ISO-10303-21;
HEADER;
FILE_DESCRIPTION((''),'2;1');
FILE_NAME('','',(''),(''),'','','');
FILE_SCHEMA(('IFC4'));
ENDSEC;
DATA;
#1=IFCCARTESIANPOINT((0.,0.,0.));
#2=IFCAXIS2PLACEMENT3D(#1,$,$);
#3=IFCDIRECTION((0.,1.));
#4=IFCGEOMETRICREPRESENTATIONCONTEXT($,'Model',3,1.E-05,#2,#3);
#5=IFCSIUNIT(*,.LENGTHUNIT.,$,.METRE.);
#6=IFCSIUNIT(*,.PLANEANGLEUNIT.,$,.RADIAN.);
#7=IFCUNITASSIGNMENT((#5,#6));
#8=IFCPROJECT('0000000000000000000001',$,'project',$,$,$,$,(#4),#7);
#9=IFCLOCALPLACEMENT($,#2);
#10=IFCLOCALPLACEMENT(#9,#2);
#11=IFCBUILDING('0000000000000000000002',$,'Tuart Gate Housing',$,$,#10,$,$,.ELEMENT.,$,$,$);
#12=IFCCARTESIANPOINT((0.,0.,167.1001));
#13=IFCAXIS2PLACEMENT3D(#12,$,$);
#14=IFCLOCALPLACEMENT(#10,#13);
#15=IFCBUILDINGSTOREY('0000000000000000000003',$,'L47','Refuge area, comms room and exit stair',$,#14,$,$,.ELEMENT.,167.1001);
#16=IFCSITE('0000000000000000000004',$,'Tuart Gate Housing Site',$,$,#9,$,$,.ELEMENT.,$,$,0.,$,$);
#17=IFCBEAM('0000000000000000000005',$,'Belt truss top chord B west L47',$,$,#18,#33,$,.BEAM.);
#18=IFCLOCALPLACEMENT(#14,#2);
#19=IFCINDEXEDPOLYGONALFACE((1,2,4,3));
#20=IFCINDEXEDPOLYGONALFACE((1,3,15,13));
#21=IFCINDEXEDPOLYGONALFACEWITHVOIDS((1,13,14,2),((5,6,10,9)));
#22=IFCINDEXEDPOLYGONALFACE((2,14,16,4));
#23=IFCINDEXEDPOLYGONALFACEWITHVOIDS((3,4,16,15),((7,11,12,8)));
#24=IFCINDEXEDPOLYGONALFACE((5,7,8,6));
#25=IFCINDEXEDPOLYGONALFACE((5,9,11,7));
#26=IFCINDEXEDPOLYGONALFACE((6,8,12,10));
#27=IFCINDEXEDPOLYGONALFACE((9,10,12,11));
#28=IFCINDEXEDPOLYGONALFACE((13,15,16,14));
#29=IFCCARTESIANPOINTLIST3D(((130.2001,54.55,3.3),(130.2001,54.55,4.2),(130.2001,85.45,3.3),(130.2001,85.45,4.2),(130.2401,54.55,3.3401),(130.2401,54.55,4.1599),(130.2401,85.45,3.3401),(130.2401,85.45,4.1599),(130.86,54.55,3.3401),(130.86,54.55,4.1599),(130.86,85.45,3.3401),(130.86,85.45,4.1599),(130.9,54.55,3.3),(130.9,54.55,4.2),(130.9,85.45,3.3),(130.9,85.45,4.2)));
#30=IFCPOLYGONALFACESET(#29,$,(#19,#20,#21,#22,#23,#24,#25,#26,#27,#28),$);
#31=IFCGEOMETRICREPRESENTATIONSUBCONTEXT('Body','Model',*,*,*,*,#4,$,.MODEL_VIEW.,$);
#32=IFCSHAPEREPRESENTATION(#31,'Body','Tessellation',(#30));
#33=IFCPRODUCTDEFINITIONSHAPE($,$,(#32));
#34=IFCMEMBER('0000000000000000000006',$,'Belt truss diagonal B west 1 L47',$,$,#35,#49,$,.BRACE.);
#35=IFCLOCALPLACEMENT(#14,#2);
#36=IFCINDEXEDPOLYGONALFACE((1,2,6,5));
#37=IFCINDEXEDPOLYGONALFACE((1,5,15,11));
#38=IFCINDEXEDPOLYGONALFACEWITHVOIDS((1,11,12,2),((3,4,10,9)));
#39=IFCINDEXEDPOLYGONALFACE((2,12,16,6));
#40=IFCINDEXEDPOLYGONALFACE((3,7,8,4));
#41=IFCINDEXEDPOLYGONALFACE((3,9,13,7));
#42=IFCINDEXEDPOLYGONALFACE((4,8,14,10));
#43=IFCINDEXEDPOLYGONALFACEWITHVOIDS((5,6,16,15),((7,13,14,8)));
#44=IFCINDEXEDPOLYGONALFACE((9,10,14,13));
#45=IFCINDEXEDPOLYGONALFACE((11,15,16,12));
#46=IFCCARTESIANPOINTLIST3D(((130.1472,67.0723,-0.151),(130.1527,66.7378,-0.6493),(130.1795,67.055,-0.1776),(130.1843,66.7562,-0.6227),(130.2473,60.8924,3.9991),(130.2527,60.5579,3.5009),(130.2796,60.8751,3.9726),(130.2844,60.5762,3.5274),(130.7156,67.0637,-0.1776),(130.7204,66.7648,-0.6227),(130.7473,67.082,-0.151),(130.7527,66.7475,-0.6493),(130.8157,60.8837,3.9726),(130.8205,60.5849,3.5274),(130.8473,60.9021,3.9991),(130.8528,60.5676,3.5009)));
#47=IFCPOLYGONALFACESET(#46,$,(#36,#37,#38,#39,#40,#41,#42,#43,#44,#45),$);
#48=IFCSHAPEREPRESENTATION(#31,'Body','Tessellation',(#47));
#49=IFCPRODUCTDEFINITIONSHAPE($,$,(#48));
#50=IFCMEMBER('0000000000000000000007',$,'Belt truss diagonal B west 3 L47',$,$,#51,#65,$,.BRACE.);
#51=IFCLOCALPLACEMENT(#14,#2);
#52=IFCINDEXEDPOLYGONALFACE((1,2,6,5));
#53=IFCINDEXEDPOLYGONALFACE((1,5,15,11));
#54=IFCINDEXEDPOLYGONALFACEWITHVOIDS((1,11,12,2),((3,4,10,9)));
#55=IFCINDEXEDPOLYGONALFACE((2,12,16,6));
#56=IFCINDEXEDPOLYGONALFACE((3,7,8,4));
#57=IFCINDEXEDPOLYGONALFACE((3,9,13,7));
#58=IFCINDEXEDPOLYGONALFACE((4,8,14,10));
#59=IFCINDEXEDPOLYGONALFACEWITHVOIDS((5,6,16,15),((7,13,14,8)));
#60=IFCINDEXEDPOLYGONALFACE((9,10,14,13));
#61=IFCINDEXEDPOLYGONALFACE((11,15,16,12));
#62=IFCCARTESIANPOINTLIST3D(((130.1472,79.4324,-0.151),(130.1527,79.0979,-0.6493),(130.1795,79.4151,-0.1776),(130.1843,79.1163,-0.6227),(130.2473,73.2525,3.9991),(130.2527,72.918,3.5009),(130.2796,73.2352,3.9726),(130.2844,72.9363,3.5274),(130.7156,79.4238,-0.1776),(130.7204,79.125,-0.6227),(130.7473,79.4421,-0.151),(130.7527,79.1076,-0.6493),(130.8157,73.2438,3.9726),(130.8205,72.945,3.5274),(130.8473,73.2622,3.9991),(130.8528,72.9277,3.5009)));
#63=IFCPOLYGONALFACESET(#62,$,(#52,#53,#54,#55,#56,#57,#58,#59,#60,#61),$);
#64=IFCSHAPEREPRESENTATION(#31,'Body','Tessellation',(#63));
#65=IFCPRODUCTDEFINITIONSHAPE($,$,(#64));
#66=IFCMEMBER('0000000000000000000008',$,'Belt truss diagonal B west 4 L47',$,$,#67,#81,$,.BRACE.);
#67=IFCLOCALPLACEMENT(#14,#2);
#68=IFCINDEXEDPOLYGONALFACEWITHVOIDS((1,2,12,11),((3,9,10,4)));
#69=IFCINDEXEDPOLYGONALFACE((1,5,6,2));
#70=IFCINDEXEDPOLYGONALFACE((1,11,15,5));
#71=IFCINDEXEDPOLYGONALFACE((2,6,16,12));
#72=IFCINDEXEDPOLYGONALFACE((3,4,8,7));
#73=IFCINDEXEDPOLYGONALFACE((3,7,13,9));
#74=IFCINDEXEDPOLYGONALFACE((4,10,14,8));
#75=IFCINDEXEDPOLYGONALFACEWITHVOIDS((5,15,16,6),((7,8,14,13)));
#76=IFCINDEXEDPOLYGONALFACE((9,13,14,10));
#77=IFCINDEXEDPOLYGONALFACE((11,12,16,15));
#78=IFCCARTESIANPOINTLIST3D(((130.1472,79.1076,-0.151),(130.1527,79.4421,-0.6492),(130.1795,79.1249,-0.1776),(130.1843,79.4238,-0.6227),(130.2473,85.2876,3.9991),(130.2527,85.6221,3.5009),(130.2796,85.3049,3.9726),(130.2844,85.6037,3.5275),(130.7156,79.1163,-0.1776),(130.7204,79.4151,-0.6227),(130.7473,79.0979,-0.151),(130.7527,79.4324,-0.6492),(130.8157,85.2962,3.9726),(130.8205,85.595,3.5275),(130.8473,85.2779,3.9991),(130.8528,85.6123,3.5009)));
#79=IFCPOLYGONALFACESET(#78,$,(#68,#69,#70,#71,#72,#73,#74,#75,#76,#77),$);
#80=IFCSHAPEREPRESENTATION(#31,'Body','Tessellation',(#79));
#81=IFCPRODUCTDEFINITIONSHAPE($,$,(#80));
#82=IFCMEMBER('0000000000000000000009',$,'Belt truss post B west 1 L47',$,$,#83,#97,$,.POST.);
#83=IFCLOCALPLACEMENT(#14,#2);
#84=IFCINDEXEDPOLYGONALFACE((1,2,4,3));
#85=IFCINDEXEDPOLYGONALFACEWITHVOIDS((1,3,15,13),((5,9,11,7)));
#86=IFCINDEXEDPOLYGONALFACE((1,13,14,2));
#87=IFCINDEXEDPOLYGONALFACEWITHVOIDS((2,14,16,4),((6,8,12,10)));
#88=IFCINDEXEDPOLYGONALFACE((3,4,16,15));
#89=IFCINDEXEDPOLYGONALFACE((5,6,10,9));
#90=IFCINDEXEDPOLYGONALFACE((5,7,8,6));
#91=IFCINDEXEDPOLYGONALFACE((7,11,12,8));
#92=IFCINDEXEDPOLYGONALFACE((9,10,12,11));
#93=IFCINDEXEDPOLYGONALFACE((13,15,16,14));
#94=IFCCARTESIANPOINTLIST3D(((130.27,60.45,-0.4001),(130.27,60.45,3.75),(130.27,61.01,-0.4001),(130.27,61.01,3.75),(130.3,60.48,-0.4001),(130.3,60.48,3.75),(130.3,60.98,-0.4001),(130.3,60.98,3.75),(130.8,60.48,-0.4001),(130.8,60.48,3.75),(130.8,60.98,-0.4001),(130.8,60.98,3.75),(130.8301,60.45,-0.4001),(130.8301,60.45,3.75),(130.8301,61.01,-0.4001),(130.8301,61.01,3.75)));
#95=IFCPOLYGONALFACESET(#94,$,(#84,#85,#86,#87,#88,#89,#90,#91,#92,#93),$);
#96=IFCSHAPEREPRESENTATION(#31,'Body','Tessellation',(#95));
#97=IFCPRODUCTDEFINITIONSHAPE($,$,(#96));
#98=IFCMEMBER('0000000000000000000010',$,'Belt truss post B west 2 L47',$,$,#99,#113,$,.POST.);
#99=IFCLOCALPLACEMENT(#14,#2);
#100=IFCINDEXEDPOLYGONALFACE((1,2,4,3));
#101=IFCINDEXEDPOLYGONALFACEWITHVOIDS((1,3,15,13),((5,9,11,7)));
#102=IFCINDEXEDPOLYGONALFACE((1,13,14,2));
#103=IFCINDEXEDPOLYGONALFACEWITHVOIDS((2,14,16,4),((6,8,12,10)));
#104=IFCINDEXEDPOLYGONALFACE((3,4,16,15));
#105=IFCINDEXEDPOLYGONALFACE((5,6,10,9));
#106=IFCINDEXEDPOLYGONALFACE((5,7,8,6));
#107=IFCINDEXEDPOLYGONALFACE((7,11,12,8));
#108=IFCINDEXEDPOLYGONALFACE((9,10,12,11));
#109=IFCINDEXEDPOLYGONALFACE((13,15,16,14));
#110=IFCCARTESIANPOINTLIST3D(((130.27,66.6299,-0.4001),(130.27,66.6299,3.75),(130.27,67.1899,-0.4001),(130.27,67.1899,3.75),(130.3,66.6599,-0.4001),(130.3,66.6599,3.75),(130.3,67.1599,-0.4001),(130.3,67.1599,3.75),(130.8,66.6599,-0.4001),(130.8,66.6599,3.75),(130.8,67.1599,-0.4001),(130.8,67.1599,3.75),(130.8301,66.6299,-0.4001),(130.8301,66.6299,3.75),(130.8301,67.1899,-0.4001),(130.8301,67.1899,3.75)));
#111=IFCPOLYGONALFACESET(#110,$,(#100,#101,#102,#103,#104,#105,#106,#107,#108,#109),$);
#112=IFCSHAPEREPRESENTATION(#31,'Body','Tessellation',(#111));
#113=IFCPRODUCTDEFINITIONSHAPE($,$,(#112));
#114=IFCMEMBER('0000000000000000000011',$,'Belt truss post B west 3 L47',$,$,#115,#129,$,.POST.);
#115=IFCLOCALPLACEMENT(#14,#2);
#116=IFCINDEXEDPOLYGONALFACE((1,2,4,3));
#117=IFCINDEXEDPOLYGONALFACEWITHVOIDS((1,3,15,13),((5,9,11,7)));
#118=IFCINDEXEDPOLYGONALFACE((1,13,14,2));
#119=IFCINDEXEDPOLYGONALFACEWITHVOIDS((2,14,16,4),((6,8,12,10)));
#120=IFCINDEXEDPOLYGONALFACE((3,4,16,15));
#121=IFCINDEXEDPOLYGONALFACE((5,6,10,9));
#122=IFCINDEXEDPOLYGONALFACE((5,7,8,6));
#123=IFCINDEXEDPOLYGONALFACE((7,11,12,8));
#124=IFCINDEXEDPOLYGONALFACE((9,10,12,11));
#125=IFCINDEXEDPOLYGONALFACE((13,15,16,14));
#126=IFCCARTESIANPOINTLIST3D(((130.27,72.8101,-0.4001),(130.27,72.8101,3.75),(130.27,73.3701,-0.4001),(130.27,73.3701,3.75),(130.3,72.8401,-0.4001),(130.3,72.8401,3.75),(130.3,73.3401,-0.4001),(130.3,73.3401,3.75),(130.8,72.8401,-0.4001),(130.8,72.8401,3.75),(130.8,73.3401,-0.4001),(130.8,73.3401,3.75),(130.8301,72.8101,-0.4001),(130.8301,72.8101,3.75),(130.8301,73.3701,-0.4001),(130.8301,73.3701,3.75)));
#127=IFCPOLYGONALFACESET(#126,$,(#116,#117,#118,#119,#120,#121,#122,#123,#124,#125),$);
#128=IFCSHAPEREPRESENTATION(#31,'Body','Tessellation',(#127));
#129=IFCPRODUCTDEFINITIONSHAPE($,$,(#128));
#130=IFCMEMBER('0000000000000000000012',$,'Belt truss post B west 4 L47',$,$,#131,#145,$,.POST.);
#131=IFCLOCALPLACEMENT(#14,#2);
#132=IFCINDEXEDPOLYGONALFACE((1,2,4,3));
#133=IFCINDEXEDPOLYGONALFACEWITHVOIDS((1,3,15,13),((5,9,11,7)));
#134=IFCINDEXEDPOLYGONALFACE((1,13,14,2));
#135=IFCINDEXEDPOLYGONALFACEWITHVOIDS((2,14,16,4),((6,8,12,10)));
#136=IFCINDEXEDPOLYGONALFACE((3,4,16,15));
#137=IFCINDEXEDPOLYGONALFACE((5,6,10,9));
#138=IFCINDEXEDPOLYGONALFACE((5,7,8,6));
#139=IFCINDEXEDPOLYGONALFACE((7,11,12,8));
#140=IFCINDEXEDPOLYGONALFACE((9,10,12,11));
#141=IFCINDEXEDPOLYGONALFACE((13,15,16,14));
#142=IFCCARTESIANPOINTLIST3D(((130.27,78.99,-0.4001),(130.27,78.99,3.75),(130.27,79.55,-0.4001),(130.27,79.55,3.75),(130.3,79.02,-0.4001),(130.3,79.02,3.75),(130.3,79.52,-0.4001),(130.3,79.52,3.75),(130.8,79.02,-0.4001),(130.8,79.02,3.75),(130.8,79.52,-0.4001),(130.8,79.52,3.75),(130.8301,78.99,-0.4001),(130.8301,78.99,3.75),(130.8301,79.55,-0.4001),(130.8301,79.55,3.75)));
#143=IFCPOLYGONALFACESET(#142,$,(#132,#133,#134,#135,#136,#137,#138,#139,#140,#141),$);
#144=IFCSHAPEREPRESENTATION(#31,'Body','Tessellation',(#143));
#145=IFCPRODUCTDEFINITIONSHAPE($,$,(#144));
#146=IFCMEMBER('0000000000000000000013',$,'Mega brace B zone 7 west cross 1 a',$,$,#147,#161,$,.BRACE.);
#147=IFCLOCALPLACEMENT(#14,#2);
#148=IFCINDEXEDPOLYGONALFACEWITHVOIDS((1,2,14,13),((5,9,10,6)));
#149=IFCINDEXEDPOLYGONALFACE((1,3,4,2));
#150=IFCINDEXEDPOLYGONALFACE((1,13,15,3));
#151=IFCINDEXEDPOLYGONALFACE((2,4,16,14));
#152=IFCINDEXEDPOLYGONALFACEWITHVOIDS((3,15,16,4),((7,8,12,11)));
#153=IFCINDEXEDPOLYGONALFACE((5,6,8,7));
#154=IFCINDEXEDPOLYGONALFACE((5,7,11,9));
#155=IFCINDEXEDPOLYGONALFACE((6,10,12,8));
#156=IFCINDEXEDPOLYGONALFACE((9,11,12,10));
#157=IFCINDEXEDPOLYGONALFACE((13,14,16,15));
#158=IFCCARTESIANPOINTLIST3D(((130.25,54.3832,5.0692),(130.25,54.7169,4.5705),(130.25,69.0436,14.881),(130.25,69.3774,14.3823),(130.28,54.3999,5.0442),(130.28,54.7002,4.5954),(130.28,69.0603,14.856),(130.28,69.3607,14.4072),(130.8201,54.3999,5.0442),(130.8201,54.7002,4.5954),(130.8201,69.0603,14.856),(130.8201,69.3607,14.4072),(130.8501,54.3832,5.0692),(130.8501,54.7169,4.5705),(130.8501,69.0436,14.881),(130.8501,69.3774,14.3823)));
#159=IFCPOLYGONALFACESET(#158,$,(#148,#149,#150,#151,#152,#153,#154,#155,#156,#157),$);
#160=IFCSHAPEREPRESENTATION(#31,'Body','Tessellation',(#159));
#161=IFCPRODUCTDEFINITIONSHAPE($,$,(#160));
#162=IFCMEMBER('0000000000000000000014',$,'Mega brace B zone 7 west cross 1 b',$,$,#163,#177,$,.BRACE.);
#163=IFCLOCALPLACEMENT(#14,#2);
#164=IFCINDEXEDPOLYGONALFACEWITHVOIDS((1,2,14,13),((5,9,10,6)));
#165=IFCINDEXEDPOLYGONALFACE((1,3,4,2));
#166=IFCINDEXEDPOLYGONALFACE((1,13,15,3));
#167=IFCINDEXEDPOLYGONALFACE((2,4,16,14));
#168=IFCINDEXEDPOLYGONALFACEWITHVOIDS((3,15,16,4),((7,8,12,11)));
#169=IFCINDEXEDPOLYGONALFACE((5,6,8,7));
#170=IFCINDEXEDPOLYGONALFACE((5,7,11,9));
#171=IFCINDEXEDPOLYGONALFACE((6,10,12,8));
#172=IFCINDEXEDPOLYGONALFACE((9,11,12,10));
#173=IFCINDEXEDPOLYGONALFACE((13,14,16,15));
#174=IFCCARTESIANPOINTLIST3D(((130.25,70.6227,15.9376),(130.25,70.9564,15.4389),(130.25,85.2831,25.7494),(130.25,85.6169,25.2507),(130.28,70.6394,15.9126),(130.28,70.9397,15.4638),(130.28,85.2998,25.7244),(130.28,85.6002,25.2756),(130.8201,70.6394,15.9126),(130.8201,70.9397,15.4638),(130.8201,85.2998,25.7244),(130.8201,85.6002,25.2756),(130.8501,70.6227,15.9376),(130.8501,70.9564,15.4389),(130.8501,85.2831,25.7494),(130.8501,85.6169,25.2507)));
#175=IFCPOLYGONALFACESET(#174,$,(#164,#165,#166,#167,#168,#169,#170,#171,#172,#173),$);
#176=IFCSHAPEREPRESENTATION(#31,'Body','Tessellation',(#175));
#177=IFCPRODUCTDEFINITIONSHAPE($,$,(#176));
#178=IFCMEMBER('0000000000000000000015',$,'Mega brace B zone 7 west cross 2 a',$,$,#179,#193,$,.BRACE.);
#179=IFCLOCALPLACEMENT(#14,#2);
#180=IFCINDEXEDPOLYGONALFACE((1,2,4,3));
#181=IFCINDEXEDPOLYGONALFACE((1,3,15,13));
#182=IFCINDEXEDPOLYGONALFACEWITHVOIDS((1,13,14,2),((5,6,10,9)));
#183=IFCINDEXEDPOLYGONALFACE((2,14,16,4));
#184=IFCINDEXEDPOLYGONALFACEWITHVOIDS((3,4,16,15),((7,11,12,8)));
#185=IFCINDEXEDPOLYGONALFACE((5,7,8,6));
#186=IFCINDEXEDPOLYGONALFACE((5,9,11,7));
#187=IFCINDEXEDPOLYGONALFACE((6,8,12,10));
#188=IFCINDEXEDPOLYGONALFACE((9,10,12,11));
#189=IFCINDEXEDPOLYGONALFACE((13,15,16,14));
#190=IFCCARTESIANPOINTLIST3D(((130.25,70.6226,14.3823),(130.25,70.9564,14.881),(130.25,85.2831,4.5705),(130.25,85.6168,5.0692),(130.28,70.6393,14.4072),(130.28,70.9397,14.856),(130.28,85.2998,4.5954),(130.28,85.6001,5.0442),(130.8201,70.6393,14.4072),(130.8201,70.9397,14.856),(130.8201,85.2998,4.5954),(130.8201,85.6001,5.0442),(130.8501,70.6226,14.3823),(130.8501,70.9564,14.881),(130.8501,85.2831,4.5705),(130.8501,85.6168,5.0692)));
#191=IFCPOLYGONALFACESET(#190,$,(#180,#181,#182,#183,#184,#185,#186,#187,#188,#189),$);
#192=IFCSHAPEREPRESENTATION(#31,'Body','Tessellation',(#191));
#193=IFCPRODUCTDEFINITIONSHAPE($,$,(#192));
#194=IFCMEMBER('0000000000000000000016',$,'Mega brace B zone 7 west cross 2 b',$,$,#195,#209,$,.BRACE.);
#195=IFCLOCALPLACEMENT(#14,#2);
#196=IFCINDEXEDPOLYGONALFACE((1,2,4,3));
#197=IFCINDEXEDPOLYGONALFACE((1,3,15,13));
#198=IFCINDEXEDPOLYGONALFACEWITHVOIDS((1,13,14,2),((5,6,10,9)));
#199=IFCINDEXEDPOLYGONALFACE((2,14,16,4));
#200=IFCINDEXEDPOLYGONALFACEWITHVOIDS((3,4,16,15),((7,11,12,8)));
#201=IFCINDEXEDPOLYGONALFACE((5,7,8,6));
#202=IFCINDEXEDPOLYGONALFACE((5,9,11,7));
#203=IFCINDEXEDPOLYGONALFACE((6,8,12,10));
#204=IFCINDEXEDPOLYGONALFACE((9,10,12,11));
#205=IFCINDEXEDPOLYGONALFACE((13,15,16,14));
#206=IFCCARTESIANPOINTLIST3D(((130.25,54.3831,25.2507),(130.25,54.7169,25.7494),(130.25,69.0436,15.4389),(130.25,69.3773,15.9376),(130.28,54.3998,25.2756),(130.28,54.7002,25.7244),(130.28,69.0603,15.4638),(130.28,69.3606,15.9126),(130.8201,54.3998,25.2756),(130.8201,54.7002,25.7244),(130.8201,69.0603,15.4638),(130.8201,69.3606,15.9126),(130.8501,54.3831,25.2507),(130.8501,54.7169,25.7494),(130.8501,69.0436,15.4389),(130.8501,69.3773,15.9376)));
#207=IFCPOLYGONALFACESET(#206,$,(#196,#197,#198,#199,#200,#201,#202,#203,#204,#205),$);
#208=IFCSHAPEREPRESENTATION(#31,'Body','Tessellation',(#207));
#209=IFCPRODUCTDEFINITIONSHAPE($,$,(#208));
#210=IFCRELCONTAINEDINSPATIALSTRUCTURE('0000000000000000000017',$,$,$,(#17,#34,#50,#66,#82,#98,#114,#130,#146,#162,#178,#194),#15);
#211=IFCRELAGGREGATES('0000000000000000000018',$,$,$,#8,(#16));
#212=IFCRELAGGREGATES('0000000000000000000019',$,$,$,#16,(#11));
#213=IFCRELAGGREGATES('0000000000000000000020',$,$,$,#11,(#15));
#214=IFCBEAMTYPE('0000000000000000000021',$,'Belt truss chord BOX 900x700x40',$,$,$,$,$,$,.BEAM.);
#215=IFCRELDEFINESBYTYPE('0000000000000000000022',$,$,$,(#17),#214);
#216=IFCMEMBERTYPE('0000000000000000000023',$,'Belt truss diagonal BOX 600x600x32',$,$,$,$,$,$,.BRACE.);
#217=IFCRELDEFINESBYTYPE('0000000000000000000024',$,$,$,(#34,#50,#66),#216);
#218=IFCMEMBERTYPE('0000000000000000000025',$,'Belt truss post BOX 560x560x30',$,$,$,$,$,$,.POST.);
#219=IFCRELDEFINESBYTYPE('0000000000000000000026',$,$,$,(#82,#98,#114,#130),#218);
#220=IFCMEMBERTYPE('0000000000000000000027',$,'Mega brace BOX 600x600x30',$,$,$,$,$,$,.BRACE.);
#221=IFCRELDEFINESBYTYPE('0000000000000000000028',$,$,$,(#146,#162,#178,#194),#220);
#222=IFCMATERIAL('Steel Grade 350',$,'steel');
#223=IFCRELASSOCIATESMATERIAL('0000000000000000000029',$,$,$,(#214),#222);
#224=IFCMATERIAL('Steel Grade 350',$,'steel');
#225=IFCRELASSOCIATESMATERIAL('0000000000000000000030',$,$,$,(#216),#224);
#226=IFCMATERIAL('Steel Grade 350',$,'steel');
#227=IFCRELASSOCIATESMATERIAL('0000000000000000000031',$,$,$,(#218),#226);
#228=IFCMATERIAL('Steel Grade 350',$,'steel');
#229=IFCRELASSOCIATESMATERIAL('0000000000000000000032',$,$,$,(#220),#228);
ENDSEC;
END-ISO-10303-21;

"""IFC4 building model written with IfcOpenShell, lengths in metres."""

from ifc_helpers import new_model, si_unit, direction, frame, origin, origin_2d, place, context, subcontext, project, spatial, hollow_rectangle, extrude, material, material_profile, profile_set, type_object, element, save


model = new_model("IFC4")

# Units and contexts
model_context = context("Model", 3, precision=1e-05, world=origin(), true_north=direction((0.0, 1.0)))
body_context = subcontext(model_context, "Body", "Model", "MODEL_VIEW")
ifc_project = project(units=[si_unit("LENGTHUNIT", "METRE"), si_unit("PLANEANGLEUNIT", "RADIAN")], contexts=[model_context])

# Site, building, storey
site_placement = place(None, origin())
site = spatial("IfcSite", under=ifc_project, at=site_placement, Name="Tuart Gate Housing Site", CompositionType="ELEMENT", RefElevation=0.0)
building_placement = place(site_placement, origin())
building = spatial("IfcBuilding", under=site, at=building_placement, Name="Tuart Gate Housing", CompositionType="ELEMENT")
storey_placement = place(building_placement, frame((0.0, 0.0, 167.1001)))
storey = spatial("IfcBuildingStorey", under=building, at=storey_placement, Name="L47", Description="Refuge area, comms room and exit stair", CompositionType="ELEMENT", Elevation=167.1001)

# Beam
ifc_material_1 = material(Name="Steel Grade 350", Category="steel")
ifc_material_profile_1 = material_profile(ifc_material_1, hollow_rectangle(XDim=0.7, YDim=0.8999, WallThickness=0.04, at=origin_2d()), Name="BOX 900x700x40")
ifc_profile_set_1 = profile_set([ifc_material_profile_1], Name="Steel Grade 350")
beam_type_1 = type_object("IfcBeamType", Name="Belt truss chord BOX 900x700x40", PredefinedType="BEAM", material=ifc_profile_set_1)
beam_1_placement = place(storey_placement, frame((130.55, 54.55, 3.75), z_axis=(0.0, 1.0, 0.0), x_axis=(-1.0, 0.0, 0.0)))
element("IfcBeam", 1, at=beam_1_placement, inside=storey, type_object=beam_type_1, Name="Belt truss top chord B west L47", PredefinedType="BEAM", context=body_context, shape_type="SweptSolid", body=[
    extrude(hollow_rectangle(XDim=0.7, YDim=0.8999, WallThickness=0.04, at=origin_2d()), origin(), (0.0, 0.0, 1.0), 30.8999),
])

# Members
ifc_material_2 = material(Name="Steel Grade 350", Category="steel")
ifc_material_profile_2 = material_profile(ifc_material_2, hollow_rectangle(XDim=0.6001, YDim=0.6001, WallThickness=0.032, at=origin_2d()), Name="BOX 600x600x32")
ifc_profile_set_2 = profile_set([ifc_material_profile_2], Name="Steel Grade 350")
member_type_1 = type_object("IfcMemberType", Name="Belt truss diagonal BOX 600x600x32", PredefinedType="BRACE", material=ifc_profile_set_2)
for number, where, z_axis, x_axis, name in (
    (2, (130.55, 60.73, 3.75), (-0.013445, 0.830099, -0.557455), (-0.999869, -0.016195, 0.0), "Belt truss diagonal B west 1 L47"),
    (3, (130.55, 73.0901, 3.75), (-0.013445, 0.830099, -0.557455), (-0.999869, -0.016195, 0.0), "Belt truss diagonal B west 3 L47"),
    (4, (130.45, 79.27, -0.4001), (0.013445, 0.830099, 0.557455), (-0.999869, 0.016195, 0.0), "Belt truss diagonal B west 4 L47"),
):
    element("IfcMember", number, at=place(storey_placement, frame(where, z_axis=z_axis, x_axis=x_axis)), inside=storey, type_object=member_type_1, Name=name, PredefinedType="BRACE", context=body_context, shape_type="SweptSolid", body=[
        extrude(hollow_rectangle(XDim=0.6001, YDim=0.6001, WallThickness=0.032, at=origin_2d()), origin(), (0.0, 0.0, 1.0), 7.4448),
    ])
ifc_material_3 = material(Name="Steel Grade 350", Category="steel")
ifc_material_profile_3 = material_profile(ifc_material_3, hollow_rectangle(XDim=0.5601, YDim=0.5601, WallThickness=0.03, at=origin_2d()), Name="BOX 560x560x30")
ifc_profile_set_3 = profile_set([ifc_material_profile_3], Name="Steel Grade 350")
member_type_2 = type_object("IfcMemberType", Name="Belt truss post BOX 560x560x30", PredefinedType="POST", material=ifc_profile_set_3)
for number, where, z_axis, x_axis, name in (
    (5, (130.55, 60.73, -0.4001), (0.0, 0.0, 1.0), (1.0, 0.0, 0.0), "Belt truss post B west 1 L47"),
    (6, (130.55, 66.9099, -0.4001), (0.0, 0.0, 1.0), (1.0, 0.0, 0.0), "Belt truss post B west 2 L47"),
    (7, (130.55, 73.0901, -0.4001), (0.0, 0.0, 1.0), (1.0, 0.0, 0.0), "Belt truss post B west 3 L47"),
    (8, (130.55, 79.27, -0.4001), (0.0, 0.0, 1.0), (1.0, 0.0, 0.0), "Belt truss post B west 4 L47"),
):
    element("IfcMember", number, at=place(storey_placement, frame(where, z_axis=z_axis, x_axis=x_axis)), inside=storey, type_object=member_type_2, Name=name, PredefinedType="POST", context=body_context, shape_type="SweptSolid", body=[
        extrude(hollow_rectangle(XDim=0.5601, YDim=0.5601, WallThickness=0.03, at=origin_2d()), origin(), (0.0, 0.0, 1.0), 4.1501),
    ])
ifc_material_4 = material(Name="Steel Grade 350", Category="steel")
ifc_material_profile_4 = material_profile(ifc_material_4, hollow_rectangle(XDim=0.6001, YDim=0.6001, WallThickness=0.03, at=origin_2d()), Name="BOX 600x600x30")
ifc_profile_set_4 = profile_set([ifc_material_profile_4], Name="Steel Grade 350")
member_type_3 = type_object("IfcMemberType", Name="Mega brace BOX 600x600x30", PredefinedType="BRACE", material=ifc_profile_set_4)
for number, where, z_axis, x_axis, name in (
    (9, (130.55, 54.55, 4.8198), (0.0, 0.83105, 0.556197), (-1.0, 0.0, 0.0), "Mega brace B zone 7 west cross 1 a"),
    (10, (130.55, 70.7896, 15.6882), (0.0, 0.83105, 0.556197), (-1.0, 0.0, 0.0), "Mega brace B zone 7 west cross 1 b"),
    (11, (130.55, 85.45, 4.8198), (0.0, -0.83105, 0.556197), (1.0, 0.0, 0.0), "Mega brace B zone 7 west cross 2 a"),
    (12, (130.55, 69.2104, 15.6882), (0.0, -0.83105, 0.556197), (1.0, 0.0, 0.0), "Mega brace B zone 7 west cross 2 b"),
):
    element("IfcMember", number, at=place(storey_placement, frame(where, z_axis=z_axis, x_axis=x_axis)), inside=storey, type_object=member_type_3, Name=name, PredefinedType="BRACE", context=body_context, shape_type="SweptSolid", body=[
        extrude(hollow_rectangle(XDim=0.6001, YDim=0.6001, WallThickness=0.03, at=origin_2d()), origin(), (0.0, 0.0, 1.0), 17.6409),
    ])

save(model, "model.ifc")
